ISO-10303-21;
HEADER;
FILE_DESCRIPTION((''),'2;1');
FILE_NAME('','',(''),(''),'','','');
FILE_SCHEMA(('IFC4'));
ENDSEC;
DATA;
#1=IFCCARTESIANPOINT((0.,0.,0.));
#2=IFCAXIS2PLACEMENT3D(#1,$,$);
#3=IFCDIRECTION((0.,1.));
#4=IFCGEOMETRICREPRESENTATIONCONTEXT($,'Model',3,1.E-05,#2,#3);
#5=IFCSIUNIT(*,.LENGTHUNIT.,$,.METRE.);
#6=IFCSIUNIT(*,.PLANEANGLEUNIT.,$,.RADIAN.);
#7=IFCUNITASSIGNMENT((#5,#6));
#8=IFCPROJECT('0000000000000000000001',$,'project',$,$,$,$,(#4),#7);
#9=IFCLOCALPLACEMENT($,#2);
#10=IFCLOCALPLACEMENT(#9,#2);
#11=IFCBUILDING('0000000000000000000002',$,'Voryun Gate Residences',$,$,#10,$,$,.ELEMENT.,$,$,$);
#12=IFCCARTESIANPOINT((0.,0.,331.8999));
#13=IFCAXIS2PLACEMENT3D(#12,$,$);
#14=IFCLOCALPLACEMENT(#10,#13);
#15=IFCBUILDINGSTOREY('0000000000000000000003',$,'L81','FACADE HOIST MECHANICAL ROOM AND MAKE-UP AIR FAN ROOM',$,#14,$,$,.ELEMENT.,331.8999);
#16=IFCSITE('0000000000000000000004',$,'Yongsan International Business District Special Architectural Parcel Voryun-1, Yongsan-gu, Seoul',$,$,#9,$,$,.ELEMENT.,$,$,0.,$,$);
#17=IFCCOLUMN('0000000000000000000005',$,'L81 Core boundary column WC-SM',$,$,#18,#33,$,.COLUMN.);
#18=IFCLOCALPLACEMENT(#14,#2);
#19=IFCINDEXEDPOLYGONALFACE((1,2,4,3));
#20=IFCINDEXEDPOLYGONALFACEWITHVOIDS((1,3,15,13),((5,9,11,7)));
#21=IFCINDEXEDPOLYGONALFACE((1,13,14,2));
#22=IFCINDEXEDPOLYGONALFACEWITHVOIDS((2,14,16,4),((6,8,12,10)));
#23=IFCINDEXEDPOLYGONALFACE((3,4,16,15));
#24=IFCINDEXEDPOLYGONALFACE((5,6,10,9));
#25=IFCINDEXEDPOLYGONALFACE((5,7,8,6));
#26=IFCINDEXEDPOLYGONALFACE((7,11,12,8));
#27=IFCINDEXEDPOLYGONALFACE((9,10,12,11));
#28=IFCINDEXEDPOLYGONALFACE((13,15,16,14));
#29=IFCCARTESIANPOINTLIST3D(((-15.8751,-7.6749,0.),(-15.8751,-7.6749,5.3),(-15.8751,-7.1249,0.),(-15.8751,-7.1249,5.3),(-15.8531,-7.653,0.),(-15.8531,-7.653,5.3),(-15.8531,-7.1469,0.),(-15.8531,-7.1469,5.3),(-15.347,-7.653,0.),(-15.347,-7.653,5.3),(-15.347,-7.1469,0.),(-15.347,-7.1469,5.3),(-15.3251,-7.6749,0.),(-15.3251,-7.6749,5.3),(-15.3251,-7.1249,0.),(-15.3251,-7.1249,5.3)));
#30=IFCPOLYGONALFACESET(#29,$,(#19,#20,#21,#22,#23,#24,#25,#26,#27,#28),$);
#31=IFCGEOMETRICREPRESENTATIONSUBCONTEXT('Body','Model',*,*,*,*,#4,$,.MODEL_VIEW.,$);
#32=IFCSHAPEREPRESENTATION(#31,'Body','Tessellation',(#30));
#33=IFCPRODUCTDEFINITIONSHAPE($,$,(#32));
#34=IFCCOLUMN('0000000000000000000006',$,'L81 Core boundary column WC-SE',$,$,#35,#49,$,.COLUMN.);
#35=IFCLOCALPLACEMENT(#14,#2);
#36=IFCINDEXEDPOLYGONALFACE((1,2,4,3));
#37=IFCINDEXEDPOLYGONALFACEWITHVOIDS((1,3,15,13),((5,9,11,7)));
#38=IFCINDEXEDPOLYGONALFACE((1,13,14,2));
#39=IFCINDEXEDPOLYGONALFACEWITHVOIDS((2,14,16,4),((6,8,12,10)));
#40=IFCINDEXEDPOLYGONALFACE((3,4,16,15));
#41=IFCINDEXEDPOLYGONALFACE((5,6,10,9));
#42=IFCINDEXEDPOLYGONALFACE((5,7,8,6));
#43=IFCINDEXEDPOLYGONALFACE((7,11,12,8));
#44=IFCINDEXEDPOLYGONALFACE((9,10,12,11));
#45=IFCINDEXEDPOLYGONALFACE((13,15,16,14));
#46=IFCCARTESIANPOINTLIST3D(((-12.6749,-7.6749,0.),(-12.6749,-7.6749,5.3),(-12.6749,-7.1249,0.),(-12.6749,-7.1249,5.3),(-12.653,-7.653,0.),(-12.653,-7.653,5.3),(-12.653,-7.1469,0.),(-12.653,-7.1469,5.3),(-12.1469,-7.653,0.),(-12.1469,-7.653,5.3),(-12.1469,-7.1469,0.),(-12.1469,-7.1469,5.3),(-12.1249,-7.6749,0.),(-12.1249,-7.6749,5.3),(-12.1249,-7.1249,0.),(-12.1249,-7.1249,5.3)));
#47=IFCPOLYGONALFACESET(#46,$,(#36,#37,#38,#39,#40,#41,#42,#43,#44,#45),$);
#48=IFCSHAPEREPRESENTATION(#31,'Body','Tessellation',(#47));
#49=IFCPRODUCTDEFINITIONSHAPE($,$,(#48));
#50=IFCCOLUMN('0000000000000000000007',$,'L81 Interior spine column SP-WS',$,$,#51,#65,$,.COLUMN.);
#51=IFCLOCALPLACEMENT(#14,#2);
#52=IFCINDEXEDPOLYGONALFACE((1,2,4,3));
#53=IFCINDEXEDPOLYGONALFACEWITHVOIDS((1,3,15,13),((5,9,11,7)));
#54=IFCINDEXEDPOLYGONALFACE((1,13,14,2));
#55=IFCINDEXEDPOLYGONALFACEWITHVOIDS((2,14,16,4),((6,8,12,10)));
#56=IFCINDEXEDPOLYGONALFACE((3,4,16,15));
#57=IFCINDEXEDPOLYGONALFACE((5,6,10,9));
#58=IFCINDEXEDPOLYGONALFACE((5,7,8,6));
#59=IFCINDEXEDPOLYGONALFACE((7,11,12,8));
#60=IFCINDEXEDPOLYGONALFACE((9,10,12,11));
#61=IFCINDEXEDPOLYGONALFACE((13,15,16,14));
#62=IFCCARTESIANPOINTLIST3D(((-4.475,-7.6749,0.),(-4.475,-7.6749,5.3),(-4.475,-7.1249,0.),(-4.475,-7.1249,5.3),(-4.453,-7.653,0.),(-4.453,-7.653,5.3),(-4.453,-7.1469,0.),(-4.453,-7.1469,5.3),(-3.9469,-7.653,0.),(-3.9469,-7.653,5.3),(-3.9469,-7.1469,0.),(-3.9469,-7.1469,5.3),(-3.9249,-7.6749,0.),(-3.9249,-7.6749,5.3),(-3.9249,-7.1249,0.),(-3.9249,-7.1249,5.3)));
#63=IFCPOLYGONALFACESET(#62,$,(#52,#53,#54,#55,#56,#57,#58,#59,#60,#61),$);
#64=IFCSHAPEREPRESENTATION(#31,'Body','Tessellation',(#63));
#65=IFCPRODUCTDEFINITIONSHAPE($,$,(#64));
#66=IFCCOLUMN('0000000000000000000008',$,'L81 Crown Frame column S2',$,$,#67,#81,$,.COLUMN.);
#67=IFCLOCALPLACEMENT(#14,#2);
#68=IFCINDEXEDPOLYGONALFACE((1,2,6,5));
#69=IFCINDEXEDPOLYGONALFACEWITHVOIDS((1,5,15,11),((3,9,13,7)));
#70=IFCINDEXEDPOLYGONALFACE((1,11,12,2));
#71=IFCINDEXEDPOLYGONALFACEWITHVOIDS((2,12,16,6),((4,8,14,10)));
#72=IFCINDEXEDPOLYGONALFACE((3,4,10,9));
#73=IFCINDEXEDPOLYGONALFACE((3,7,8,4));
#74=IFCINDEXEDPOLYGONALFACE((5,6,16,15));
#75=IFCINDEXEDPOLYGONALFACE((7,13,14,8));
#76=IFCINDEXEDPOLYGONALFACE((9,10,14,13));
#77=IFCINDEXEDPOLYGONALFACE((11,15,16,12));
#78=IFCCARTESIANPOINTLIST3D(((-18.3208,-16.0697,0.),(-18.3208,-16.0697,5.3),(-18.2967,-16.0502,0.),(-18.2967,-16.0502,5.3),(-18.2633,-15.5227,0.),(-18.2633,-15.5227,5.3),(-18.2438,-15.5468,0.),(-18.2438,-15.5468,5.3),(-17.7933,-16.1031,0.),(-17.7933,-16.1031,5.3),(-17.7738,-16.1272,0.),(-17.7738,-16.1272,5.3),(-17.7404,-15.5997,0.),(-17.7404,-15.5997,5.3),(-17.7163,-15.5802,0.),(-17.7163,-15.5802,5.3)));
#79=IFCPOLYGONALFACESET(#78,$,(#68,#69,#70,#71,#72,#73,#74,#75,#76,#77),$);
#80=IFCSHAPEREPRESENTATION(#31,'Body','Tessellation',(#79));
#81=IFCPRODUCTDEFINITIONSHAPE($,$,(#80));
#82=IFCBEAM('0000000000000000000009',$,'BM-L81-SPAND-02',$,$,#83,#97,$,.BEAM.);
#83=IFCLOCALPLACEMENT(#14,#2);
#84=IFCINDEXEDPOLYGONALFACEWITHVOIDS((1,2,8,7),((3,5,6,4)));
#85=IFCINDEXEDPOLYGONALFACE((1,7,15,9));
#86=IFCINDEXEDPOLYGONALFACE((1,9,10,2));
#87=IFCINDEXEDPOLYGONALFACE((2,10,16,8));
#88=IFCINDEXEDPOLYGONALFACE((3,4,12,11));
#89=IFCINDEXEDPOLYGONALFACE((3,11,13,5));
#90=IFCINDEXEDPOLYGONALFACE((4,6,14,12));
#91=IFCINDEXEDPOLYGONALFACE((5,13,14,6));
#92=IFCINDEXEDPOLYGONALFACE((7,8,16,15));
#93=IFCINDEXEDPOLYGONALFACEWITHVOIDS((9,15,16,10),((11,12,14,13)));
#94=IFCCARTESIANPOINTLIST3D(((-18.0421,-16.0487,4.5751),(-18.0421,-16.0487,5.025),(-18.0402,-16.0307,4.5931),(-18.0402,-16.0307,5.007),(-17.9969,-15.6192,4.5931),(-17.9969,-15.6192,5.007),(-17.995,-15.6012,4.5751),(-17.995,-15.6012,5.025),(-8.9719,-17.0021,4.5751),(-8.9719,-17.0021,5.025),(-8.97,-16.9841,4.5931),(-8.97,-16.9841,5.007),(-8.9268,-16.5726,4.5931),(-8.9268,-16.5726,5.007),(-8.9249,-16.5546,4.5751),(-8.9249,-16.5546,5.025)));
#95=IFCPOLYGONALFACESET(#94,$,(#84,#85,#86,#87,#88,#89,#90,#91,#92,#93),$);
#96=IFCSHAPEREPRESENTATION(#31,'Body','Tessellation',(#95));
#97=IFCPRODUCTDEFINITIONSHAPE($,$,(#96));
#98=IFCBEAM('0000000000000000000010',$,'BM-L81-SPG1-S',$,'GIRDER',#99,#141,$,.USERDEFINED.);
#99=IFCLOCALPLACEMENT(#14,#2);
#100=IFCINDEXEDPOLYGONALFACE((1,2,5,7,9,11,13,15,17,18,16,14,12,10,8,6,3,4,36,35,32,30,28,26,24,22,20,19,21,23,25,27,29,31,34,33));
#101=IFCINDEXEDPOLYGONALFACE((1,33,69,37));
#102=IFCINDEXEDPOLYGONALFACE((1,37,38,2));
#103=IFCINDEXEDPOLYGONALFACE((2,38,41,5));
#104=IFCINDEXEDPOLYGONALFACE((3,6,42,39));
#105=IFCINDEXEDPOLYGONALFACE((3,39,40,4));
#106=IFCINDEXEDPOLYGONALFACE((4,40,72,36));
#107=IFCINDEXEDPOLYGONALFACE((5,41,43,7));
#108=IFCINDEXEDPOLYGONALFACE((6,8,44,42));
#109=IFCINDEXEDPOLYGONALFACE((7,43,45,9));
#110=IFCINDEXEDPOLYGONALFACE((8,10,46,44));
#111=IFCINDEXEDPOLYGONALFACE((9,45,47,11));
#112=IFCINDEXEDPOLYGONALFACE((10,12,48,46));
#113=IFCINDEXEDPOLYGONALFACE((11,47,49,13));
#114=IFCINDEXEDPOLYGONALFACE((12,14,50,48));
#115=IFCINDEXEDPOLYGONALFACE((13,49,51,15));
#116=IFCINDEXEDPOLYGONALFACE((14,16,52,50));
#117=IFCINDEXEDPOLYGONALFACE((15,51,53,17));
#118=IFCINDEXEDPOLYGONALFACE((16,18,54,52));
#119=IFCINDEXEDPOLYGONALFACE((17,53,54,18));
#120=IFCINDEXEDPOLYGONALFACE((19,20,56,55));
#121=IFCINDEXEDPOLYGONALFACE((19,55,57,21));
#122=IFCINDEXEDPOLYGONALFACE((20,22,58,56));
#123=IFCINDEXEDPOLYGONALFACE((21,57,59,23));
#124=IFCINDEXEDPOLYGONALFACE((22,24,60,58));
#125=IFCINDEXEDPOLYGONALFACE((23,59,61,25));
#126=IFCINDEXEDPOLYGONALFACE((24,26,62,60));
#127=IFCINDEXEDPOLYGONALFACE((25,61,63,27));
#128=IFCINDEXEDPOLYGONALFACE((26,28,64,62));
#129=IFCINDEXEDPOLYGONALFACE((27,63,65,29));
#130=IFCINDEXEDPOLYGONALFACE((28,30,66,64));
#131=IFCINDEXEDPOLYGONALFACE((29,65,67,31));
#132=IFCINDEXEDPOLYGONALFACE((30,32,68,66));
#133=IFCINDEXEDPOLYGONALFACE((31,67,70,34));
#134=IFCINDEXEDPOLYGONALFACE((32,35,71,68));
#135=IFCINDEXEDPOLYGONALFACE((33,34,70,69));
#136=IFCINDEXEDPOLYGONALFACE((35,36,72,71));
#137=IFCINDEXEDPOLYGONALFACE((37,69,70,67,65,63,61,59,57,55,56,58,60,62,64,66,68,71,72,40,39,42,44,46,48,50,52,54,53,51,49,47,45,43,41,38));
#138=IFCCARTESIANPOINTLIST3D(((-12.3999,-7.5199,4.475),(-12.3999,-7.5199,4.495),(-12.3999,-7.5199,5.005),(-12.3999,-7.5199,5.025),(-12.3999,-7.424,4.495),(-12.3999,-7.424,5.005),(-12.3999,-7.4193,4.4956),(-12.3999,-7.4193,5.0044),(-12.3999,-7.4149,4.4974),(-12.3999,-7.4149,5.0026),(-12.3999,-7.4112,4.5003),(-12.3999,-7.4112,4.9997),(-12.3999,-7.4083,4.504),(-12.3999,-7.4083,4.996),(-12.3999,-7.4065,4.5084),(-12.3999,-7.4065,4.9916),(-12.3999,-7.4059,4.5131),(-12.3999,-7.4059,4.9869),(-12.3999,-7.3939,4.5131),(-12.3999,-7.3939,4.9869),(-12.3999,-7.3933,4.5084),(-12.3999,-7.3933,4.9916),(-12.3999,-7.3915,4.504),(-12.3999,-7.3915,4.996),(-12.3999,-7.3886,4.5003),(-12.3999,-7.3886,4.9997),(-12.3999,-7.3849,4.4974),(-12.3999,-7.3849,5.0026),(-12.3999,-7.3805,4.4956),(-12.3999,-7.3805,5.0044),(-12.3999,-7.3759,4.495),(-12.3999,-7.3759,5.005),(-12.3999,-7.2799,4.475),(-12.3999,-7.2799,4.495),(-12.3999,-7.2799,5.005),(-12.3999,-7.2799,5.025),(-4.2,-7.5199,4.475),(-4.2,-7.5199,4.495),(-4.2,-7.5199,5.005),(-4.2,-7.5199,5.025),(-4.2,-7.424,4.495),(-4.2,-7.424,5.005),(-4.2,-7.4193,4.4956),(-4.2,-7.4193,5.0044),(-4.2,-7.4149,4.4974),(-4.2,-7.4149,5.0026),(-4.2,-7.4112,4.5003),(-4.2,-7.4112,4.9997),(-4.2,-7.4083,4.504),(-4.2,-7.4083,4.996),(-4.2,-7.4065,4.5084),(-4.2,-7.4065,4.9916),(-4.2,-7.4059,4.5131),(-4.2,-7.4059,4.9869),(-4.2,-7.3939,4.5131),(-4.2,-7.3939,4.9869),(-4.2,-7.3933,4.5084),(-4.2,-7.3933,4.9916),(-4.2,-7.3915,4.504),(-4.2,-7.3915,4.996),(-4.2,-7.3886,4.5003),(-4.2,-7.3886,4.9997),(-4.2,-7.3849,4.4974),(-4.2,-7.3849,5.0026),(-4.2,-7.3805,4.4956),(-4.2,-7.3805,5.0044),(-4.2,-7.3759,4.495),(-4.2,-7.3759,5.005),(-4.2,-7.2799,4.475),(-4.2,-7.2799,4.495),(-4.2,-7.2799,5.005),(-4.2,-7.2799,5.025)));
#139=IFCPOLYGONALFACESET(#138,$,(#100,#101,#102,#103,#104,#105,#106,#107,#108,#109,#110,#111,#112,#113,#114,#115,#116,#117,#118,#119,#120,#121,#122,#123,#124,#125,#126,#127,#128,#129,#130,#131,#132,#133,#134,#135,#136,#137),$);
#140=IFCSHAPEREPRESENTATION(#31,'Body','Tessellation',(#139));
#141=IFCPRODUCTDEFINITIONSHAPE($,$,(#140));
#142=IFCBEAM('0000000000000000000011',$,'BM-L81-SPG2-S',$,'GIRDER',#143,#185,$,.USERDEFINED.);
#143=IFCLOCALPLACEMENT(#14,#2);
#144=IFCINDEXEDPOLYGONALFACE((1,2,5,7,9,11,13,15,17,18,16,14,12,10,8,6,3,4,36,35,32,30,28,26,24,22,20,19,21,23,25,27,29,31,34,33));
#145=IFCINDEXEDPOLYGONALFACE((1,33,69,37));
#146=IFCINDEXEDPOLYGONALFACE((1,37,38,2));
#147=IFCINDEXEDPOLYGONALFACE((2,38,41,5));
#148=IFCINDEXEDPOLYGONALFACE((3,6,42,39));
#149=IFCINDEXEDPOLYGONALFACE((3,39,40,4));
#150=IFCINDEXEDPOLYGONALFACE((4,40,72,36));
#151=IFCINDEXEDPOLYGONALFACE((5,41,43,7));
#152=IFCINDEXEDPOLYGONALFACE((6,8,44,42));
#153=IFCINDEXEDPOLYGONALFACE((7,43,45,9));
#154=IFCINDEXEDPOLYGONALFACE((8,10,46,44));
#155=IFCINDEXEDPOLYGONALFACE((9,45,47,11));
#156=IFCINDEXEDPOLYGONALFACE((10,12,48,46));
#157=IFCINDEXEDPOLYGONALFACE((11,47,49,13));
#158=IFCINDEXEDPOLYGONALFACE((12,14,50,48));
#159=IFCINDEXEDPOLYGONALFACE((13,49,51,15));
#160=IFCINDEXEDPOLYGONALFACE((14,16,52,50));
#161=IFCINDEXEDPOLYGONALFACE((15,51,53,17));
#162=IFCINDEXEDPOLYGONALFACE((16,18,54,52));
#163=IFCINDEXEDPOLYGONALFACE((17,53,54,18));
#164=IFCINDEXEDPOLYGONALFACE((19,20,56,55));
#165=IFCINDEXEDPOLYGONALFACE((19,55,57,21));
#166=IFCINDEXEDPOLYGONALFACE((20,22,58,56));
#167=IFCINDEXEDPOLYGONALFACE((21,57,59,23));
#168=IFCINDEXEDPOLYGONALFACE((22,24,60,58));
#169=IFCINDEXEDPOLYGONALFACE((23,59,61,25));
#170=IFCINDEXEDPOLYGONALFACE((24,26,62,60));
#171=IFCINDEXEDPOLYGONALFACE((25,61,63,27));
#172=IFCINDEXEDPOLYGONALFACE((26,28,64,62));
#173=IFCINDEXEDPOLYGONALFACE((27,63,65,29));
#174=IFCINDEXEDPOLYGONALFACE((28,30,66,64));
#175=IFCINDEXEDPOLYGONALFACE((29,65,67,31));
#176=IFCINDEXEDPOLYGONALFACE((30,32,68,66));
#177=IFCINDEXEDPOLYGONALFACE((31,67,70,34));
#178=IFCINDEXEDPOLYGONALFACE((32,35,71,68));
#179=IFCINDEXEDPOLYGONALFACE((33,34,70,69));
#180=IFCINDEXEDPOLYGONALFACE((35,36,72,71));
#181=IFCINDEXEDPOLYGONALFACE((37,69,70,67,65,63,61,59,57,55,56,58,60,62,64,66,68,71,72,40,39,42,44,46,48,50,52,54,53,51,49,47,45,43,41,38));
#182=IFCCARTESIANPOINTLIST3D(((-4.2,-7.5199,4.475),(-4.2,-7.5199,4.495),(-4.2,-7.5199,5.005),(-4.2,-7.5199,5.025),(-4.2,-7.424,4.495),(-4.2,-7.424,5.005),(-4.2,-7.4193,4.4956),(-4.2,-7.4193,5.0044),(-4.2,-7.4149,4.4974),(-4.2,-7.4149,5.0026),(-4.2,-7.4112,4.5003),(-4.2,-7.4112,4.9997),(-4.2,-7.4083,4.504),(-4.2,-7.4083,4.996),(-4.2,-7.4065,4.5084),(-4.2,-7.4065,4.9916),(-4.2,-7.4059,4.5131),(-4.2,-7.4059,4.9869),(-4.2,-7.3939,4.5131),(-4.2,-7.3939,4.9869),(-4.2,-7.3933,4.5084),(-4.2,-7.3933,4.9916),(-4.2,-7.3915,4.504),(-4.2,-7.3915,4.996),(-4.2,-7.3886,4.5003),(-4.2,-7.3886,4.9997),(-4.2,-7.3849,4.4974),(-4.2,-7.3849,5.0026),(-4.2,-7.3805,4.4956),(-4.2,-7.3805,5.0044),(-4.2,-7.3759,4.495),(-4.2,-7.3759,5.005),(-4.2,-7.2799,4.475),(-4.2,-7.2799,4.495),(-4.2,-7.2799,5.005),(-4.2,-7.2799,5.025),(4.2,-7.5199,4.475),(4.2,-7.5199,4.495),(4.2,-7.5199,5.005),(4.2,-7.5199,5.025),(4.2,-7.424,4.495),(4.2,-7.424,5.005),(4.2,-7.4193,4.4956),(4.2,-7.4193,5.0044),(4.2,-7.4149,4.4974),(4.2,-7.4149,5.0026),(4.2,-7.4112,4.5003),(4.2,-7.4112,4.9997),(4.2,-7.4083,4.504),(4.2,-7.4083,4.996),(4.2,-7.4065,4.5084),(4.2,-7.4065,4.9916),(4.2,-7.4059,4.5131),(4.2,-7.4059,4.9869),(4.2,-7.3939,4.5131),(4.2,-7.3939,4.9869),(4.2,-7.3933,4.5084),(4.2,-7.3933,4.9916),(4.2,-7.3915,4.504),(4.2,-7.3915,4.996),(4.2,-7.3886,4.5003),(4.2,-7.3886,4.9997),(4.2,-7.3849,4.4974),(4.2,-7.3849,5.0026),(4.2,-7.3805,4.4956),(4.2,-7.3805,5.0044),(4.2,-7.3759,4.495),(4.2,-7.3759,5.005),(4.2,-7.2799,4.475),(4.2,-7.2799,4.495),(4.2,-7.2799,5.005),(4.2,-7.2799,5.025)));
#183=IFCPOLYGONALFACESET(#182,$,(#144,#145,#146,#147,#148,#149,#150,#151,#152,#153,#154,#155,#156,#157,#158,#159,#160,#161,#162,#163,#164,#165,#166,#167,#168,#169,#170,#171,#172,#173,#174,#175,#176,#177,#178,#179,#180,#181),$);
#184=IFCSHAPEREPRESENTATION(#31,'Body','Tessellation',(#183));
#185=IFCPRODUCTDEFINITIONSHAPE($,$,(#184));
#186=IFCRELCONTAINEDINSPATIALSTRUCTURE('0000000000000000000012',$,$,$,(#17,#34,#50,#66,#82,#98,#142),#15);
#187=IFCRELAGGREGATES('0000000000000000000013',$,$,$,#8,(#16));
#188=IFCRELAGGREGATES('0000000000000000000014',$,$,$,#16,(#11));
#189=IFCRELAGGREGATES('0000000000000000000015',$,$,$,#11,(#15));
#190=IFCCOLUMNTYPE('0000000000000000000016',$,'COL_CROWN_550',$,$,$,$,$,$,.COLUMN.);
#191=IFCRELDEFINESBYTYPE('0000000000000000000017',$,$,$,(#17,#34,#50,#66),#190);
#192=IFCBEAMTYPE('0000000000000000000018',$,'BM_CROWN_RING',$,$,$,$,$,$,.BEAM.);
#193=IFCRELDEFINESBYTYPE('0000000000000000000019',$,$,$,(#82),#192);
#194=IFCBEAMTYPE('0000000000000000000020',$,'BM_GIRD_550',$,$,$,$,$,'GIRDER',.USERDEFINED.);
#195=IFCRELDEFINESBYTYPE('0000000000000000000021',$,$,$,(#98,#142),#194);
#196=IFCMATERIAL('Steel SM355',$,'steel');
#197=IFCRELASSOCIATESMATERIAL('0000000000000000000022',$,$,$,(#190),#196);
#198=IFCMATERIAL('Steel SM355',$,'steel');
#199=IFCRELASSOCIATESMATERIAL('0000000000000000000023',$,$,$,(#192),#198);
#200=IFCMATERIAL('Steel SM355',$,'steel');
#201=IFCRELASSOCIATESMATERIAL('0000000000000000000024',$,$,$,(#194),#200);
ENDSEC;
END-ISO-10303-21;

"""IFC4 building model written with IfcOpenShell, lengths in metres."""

from ifc_helpers import new_model, si_unit, direction, frame, origin, origin_2d, place, context, subcontext, project, spatial, hollow_rectangle, i_section, extrude, material, material_profile, profile_set, type_object, element, save


model = new_model("IFC4")

# Units and contexts
model_context = context("Model", 3, precision=1e-05, world=origin(), true_north=direction((0.0, 1.0)))
body_context = subcontext(model_context, "Body", "Model", "MODEL_VIEW")
ifc_project = project(units=[si_unit("LENGTHUNIT", "METRE"), si_unit("PLANEANGLEUNIT", "RADIAN")], contexts=[model_context])

# Site, building, storey
site_placement = place(None, origin())
site = spatial("IfcSite", under=ifc_project, at=site_placement, Name="Yongsan International Business District Special Architectural Parcel Voryun-1, Yongsan-gu, Seoul", CompositionType="ELEMENT", RefElevation=0.0)
building_placement = place(site_placement, origin())
building = spatial("IfcBuilding", under=site, at=building_placement, Name="Voryun Gate Residences", CompositionType="ELEMENT")
storey_placement = place(building_placement, frame((0.0, 0.0, 331.8999)))
storey = spatial("IfcBuildingStorey", under=building, at=storey_placement, Name="L81", Description="FACADE HOIST MECHANICAL ROOM AND MAKE-UP AIR FAN ROOM", CompositionType="ELEMENT", Elevation=331.8999)

# Columns
ifc_material_1 = material(Name="Steel SM355", Category="steel")
ifc_material_profile_1 = material_profile(ifc_material_1, hollow_rectangle(XDim=0.55, YDim=0.55, WallThickness=0.022, at=origin_2d()), Name="BOX-550x550x22")
ifc_profile_set_1 = profile_set([ifc_material_profile_1], Name="Steel SM355")
column_type = type_object("IfcColumnType", Name="COL_CROWN_550", PredefinedType="COLUMN", material=ifc_profile_set_1)
for number, where, z_axis, x_axis, name in (
    (1, (-15.6001, -7.3999, 0.0), (0.0, 0.0, 1.0), (1.0, 0.0, 0.0), "L81 Core boundary column WC-SM"),
    (2, (-12.3999, -7.3999, 0.0), (0.0, 0.0, 1.0), (1.0, 0.0, 0.0), "L81 Core boundary column WC-SE"),
    (3, (-4.2, -7.3999, 0.0), (0.0, 0.0, 1.0), (1.0, 0.0, 0.0), "L81 Interior spine column SP-WS"),
    (4, (-18.0186, -15.825, 0.0), (0.0, 0.0, 1.0), (0.994522, -0.104528, 0.0), "L81 Crown Frame column S2"),
):
    element("IfcColumn", number, at=place(storey_placement, frame(where, z_axis=z_axis, x_axis=x_axis)), inside=storey, type_object=column_type, Name=name, PredefinedType="COLUMN", context=body_context, shape_type="SweptSolid", body=[
        extrude(hollow_rectangle(XDim=0.55, YDim=0.55, WallThickness=0.022, at=origin_2d()), origin(), (0.0, 0.0, 1.0), 5.3),
    ])

# Beams
ifc_material_2 = material(Name="Steel SM355", Category="steel")
ifc_material_profile_2 = material_profile(ifc_material_2, hollow_rectangle(XDim=0.45, YDim=0.45, WallThickness=0.0181, at=origin_2d()), Name="BOX-450x450x18")
ifc_profile_set_2 = profile_set([ifc_material_profile_2], Name="Steel SM355")
beam_type_1 = type_object("IfcBeamType", Name="BM_CROWN_RING", PredefinedType="BEAM", material=ifc_profile_set_2)
beam_1_placement = place(storey_placement, frame((-18.0186, -15.825, 4.8), z_axis=(0.994521, -0.104536, 0.0), x_axis=(0.104536, 0.994521, 0.0)))
element("IfcBeam", 5, at=beam_1_placement, inside=storey, type_object=beam_type_1, Name="BM-L81-SPAND-02", PredefinedType="BEAM", context=body_context, shape_type="SweptSolid", body=[
    extrude(hollow_rectangle(XDim=0.45, YDim=0.45, WallThickness=0.0181, at=origin_2d()), origin(), (0.0, 0.0, 1.0), 9.1201),
])
ifc_material_3 = material(Name="Steel SM355", Category="steel")
ifc_material_profile_3 = material_profile(ifc_material_3, i_section(OverallWidth=0.24, OverallDepth=0.55, WebThickness=0.012, FlangeThickness=0.02, FilletRadius=0.0181, at=origin_2d()), Name="H-550x240x12x20")
ifc_profile_set_3 = profile_set([ifc_material_profile_3], Name="Steel SM355")
beam_type_2 = type_object("IfcBeamType", Name="BM_GIRD_550", ElementType="GIRDER", PredefinedType="USERDEFINED", material=ifc_profile_set_3)
beam_2_placement = place(storey_placement, frame((-12.3999, -7.3999, 4.75), z_axis=(1.0, 0.0, 0.0), x_axis=(0.0, 1.0, 0.0)))
element("IfcBeam", 6, at=beam_2_placement, inside=storey, type_object=beam_type_2, Name="BM-L81-SPG1-S", ObjectType="GIRDER", PredefinedType="USERDEFINED", context=body_context, shape_type="SweptSolid", body=[
    extrude(i_section(OverallWidth=0.24, OverallDepth=0.55, WebThickness=0.012, FlangeThickness=0.02, FilletRadius=0.0181, at=origin_2d()), origin(), (0.0, 0.0, 1.0), 8.2),
])
beam_3_placement = place(storey_placement, frame((-4.2, -7.3999, 4.75), z_axis=(1.0, 0.0, 0.0), x_axis=(0.0, 1.0, 0.0)))
element("IfcBeam", 7, at=beam_3_placement, inside=storey, type_object=beam_type_2, Name="BM-L81-SPG2-S", ObjectType="GIRDER", PredefinedType="USERDEFINED", context=body_context, shape_type="SweptSolid", body=[
    extrude(i_section(OverallWidth=0.24, OverallDepth=0.55, WebThickness=0.012, FlangeThickness=0.02, FilletRadius=0.0181, at=origin_2d()), origin(), (0.0, 0.0, 1.0), 8.3999),
])

save(model, "model.ifc")
